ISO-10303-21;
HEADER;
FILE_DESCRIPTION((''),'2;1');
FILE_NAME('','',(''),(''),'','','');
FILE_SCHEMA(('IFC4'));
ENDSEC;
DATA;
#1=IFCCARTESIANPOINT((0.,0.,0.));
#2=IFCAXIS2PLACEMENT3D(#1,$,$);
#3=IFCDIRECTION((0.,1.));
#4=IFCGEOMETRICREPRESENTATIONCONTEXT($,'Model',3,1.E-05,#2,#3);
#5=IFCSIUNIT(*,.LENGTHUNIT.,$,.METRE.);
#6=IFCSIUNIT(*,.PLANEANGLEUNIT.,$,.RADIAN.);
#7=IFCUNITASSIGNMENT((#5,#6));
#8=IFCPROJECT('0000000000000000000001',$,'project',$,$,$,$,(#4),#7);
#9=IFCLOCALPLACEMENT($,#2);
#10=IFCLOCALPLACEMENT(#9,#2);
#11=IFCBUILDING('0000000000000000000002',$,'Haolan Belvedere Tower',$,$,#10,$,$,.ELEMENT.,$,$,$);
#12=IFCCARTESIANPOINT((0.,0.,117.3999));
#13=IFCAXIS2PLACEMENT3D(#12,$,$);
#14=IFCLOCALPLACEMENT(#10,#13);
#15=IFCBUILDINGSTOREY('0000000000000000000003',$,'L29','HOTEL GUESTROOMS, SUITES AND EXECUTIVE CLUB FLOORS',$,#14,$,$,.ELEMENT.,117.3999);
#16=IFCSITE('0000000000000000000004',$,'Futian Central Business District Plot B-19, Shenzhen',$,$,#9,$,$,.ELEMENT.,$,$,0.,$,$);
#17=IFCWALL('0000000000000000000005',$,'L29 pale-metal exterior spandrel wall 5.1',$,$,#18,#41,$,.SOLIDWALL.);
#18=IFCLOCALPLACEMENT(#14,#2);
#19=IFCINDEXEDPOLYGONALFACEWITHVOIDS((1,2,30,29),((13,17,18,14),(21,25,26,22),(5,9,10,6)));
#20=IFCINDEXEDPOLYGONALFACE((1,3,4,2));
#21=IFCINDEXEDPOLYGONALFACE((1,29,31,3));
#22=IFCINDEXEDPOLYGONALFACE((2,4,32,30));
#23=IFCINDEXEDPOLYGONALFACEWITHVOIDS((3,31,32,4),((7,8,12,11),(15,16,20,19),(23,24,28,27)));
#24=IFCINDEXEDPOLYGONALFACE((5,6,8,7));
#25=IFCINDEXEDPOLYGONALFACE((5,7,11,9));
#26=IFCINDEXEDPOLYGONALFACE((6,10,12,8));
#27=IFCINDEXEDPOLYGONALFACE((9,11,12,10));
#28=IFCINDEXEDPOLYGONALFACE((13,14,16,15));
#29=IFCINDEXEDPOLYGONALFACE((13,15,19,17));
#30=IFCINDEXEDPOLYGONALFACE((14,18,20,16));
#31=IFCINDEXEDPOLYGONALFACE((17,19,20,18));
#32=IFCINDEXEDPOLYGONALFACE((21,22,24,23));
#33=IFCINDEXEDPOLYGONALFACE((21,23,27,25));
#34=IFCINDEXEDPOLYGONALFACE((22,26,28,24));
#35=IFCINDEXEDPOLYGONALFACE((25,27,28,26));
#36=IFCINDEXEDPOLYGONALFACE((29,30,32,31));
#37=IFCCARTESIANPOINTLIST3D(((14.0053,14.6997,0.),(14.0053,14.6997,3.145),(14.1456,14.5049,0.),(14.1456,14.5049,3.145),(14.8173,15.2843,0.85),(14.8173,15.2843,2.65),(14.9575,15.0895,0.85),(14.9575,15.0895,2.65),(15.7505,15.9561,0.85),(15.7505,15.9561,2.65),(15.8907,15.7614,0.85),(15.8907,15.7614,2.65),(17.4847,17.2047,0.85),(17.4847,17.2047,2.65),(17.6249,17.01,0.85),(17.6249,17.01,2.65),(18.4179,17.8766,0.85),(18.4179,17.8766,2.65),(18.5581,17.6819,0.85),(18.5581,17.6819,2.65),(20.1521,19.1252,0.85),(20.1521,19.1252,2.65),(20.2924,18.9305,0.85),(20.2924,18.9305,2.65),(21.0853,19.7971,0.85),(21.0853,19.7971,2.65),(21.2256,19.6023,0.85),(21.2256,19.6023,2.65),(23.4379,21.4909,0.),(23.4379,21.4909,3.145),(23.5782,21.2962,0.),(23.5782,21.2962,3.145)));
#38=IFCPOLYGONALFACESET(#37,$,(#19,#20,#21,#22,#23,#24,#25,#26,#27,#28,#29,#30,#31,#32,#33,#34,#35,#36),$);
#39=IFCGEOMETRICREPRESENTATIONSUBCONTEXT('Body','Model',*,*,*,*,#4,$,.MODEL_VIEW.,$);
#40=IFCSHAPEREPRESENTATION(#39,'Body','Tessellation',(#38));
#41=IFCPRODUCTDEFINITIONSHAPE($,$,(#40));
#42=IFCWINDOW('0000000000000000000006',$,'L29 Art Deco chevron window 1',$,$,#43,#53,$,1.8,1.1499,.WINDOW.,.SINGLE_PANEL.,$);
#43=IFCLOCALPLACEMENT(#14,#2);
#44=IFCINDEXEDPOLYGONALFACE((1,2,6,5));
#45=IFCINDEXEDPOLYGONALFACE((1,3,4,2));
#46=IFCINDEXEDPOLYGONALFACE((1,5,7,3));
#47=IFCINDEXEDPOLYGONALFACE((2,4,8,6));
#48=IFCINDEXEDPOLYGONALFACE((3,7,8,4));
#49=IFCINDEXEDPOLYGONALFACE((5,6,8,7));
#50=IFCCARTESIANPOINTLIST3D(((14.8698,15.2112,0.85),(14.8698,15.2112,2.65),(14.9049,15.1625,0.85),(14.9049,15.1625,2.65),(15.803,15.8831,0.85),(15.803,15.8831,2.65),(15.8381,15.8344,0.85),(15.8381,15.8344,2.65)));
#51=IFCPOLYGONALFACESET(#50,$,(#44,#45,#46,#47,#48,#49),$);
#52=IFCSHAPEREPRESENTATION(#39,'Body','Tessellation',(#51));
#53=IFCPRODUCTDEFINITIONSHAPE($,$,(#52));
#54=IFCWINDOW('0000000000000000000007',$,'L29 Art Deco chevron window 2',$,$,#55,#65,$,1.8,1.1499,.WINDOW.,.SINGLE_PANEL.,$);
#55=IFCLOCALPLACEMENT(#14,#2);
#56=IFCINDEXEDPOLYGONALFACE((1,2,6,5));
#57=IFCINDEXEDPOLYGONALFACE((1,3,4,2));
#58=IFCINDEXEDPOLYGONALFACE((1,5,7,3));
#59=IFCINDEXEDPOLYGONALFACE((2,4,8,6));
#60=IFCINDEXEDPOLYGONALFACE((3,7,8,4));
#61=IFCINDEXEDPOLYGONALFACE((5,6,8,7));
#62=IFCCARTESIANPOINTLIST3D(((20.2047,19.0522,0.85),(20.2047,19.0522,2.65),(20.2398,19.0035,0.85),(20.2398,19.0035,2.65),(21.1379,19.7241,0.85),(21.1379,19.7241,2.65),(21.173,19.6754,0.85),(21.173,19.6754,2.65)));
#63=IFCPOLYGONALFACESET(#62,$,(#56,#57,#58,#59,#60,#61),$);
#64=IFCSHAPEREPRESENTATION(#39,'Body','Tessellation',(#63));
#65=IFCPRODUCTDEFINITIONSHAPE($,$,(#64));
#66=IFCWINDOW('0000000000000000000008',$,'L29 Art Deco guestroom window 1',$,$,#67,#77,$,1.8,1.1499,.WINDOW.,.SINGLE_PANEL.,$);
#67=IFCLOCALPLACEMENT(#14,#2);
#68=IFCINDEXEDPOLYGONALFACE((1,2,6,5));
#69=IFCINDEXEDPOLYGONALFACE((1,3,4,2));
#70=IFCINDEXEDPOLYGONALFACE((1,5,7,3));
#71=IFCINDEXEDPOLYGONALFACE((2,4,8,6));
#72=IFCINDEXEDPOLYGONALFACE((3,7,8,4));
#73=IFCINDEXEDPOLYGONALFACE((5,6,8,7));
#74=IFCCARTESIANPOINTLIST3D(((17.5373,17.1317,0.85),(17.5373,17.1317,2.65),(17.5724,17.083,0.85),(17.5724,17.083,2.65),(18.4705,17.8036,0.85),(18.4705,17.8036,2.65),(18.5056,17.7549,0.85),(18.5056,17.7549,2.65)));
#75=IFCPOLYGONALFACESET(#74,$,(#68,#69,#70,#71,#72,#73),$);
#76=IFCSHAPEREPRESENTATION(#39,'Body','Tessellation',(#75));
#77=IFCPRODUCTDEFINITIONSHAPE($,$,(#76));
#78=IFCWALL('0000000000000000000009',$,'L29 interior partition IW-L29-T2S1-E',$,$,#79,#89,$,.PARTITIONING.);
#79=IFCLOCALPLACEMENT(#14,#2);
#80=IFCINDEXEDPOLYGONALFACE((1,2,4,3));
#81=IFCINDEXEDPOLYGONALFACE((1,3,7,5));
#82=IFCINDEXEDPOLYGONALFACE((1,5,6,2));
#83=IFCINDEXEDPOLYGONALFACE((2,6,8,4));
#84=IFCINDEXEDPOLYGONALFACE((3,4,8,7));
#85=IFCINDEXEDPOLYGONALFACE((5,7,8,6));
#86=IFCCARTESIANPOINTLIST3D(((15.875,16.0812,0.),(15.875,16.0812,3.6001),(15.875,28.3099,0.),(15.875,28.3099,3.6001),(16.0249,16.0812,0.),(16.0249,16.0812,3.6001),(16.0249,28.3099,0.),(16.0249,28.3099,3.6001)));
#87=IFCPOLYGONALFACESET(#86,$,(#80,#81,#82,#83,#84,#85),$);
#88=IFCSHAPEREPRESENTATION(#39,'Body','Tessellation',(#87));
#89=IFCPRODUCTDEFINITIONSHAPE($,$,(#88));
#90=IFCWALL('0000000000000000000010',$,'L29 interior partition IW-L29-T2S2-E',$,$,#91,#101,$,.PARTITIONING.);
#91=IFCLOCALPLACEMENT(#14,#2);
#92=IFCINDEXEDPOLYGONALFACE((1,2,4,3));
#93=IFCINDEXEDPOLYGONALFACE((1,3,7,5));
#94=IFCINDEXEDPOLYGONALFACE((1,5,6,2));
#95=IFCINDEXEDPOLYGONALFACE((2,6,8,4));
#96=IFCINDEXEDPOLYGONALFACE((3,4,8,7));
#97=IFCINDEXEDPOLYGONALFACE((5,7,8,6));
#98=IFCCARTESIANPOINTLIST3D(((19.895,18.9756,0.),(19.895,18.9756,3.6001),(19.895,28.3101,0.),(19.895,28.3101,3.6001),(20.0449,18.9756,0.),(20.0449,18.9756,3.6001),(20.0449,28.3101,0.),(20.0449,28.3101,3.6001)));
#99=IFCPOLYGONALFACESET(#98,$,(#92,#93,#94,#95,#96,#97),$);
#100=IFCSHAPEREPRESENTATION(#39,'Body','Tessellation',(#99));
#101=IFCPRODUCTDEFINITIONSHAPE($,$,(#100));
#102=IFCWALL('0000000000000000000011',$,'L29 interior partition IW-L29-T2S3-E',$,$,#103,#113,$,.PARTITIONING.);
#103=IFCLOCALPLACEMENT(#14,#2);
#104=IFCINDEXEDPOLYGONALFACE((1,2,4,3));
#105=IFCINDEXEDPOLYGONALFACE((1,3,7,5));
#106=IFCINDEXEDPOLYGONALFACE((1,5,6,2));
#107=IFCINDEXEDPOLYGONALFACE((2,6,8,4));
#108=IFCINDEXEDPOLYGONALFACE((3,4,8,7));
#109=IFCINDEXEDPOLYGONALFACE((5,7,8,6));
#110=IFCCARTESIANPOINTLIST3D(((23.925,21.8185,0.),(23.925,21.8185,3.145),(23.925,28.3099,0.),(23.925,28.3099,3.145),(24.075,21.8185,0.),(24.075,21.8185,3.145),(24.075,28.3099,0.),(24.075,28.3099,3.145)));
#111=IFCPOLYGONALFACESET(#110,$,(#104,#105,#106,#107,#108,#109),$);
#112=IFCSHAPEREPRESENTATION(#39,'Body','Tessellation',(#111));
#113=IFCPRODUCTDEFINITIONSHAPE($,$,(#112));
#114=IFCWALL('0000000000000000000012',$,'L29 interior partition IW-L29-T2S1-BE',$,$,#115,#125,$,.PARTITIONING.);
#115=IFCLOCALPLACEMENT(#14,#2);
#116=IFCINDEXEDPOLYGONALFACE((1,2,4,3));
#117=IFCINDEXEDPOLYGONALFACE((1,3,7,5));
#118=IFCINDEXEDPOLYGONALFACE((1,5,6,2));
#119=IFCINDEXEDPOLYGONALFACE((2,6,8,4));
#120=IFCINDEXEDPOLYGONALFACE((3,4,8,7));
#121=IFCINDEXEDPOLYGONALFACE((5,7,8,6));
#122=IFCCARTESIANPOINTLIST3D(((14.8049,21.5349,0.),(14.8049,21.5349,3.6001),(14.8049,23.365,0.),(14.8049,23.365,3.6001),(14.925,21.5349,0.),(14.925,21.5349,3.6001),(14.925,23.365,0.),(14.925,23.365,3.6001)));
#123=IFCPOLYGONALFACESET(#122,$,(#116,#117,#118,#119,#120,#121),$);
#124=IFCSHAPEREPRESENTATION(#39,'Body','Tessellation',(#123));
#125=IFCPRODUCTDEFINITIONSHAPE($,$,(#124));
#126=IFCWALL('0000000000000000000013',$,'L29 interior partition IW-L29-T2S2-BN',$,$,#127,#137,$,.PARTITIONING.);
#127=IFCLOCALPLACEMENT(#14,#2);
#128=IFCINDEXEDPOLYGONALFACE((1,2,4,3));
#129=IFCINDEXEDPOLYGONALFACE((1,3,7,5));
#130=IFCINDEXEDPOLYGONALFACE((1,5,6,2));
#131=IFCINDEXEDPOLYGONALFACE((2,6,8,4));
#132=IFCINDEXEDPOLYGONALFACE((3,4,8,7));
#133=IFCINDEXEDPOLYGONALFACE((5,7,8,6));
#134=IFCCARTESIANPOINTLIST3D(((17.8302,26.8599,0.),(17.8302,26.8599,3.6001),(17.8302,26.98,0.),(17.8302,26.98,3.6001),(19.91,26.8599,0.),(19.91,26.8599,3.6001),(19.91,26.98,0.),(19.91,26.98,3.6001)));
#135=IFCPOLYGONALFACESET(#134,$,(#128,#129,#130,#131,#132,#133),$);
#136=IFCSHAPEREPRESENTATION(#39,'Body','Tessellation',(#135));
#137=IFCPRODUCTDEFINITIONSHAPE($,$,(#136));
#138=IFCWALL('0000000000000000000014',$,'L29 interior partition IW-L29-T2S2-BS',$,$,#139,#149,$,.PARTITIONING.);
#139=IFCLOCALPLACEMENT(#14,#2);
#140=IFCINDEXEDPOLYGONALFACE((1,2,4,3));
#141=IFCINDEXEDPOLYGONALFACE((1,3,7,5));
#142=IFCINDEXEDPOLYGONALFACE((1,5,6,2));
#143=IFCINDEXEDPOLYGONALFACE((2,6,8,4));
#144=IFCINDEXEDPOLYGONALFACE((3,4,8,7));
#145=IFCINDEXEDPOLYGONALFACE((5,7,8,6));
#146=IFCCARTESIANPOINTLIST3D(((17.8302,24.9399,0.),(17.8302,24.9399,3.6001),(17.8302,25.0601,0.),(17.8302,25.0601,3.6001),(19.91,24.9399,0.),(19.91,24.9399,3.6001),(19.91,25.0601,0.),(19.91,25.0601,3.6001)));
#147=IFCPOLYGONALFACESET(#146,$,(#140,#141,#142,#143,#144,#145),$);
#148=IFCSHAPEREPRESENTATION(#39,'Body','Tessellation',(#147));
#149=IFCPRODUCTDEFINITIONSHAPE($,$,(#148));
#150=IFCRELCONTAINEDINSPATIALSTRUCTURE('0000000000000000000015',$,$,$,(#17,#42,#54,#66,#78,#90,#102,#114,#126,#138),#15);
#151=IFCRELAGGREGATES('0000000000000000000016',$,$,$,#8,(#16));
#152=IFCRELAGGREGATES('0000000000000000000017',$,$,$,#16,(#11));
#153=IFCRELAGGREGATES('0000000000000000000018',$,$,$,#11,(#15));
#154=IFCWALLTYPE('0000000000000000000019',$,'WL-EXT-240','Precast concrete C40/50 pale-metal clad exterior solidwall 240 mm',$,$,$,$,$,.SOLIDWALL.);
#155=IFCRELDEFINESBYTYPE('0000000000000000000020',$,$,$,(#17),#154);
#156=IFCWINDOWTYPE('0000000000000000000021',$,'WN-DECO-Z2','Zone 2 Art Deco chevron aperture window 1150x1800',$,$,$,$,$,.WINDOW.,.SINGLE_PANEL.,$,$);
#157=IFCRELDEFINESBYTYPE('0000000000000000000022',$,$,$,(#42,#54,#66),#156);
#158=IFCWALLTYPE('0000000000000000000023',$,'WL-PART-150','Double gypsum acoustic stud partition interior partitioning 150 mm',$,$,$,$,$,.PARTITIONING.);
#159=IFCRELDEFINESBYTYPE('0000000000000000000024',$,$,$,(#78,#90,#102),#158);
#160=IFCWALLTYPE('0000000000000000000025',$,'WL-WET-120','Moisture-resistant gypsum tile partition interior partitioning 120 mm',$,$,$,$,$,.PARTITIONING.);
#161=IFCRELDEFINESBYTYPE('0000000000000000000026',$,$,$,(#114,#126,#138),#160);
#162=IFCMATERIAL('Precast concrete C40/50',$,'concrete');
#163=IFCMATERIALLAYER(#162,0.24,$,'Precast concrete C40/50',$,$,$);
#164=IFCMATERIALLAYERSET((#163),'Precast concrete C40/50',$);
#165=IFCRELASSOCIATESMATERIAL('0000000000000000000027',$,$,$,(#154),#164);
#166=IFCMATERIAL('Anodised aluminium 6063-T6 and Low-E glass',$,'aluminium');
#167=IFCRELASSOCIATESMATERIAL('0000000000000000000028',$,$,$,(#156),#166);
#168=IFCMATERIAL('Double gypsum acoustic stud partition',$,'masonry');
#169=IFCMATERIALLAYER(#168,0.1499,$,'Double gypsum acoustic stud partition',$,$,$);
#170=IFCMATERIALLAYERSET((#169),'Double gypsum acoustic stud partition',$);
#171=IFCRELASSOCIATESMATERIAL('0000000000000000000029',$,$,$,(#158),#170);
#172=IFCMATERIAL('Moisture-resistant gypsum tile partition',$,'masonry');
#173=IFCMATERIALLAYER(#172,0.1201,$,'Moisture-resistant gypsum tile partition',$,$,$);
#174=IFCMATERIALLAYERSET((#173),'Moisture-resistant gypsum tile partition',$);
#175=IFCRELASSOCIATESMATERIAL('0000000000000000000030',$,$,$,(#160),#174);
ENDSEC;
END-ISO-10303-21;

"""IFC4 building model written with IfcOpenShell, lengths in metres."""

from ifc_helpers import new_model, si_unit, direction, frame, frame_2d, origin, place, context, subcontext, project, spatial, rectangle, extrude, material, layer, layer_set, type_object, element, fill, save


model = new_model("IFC4")

# Units and contexts
model_context = context("Model", 3, precision=1e-05, world=origin(), true_north=direction((0.0, 1.0)))
body_context = subcontext(model_context, "Body", "Model", "MODEL_VIEW")
ifc_project = project(units=[si_unit("LENGTHUNIT", "METRE"), si_unit("PLANEANGLEUNIT", "RADIAN")], contexts=[model_context])

# Site, building, storey
site_placement = place(None, origin())
site = spatial("IfcSite", under=ifc_project, at=site_placement, Name="Futian Central Business District Plot B-19, Shenzhen", CompositionType="ELEMENT", RefElevation=0.0)
building_placement = place(site_placement, origin())
building = spatial("IfcBuilding", under=site, at=building_placement, Name="Haolan Belvedere Tower", CompositionType="ELEMENT")
storey_placement = place(building_placement, frame((0.0, 0.0, 117.3999)))
storey = spatial("IfcBuildingStorey", under=building, at=storey_placement, Name="L29", Description="HOTEL GUESTROOMS, SUITES AND EXECUTIVE CLUB FLOORS", CompositionType="ELEMENT", Elevation=117.3999)

# Shared definitions
ifc_material_1 = material(Name="Precast concrete C40/50", Category="concrete")
ifc_layer_1 = layer(ifc_material_1, 0.24, Name="Precast concrete C40/50")
ifc_layer_set_1 = layer_set([ifc_layer_1], Name="Precast concrete C40/50")
wall_type_1 = type_object("IfcWallType", Name="WL-EXT-240", Description="Precast concrete C40/50 pale-metal clad exterior solidwall 240 mm", PredefinedType="SOLIDWALL", material=ifc_layer_set_1)

# Wall, openings, windows
wall_1_placement = place(storey_placement, frame((14.0754, 14.6023, 0.0), z_axis=(0.0, 0.0, 1.0), x_axis=(0.811544, 0.584292, 0.0)))
wall_1 = element("IfcWall", 1, at=wall_1_placement, inside=storey, type_object=wall_type_1, Name="L29 pale-metal exterior spandrel wall 5.1", PredefinedType="SOLIDWALL", context=body_context, shape_type="SweptSolid", body=[
    extrude(rectangle(XDim=11.623, YDim=0.24, at=frame_2d((5.8115, 0.0))), origin(), (0.0, 0.0, 1.0), 3.145),
])
opening_1_placement = place(wall_1_placement, frame((1.0005, 0.0, 0.8501)))
opening_1 = element("IfcOpeningElement", 2, at=opening_1_placement, cuts=wall_1, PredefinedType="OPENING", context=body_context, shape_type="SweptSolid", body=[
    extrude(rectangle(XDim=1.1499, YDim=1.8, at=frame_2d((0.575, 0.8999))), frame((0.0, 0.1299, 0.0), z_axis=(0.0, -1.0, 0.0), x_axis=(1.0, 0.0, 0.0)), (0.0, 0.0, 1.0), 0.26),
])
opening_2_placement = place(wall_1_placement, frame((7.5742, 0.0, 0.8501)))
opening_2 = element("IfcOpeningElement", 3, at=opening_2_placement, cuts=wall_1, PredefinedType="OPENING", context=body_context, shape_type="SweptSolid", body=[
    extrude(rectangle(XDim=1.1499, YDim=1.8, at=frame_2d((0.575, 0.8999))), frame((0.0, 0.1299, 0.0), z_axis=(0.0, -1.0, 0.0), x_axis=(1.0, 0.0, 0.0)), (0.0, 0.0, 1.0), 0.26),
])
opening_3_placement = place(wall_1_placement, frame((4.2874, 0.0, 0.8501)))
opening_3 = element("IfcOpeningElement", 4, at=opening_3_placement, cuts=wall_1, PredefinedType="OPENING", context=body_context, shape_type="SweptSolid", body=[
    extrude(rectangle(XDim=1.1499, YDim=1.8, at=frame_2d((0.575, 0.8999))), frame((0.0, 0.1299, 0.0), z_axis=(0.0, -1.0, 0.0), x_axis=(1.0, 0.0, 0.0)), (0.0, 0.0, 1.0), 0.26),
])
ifc_material_2 = material(Name="Anodised aluminium 6063-T6 and Low-E glass", Category="aluminium")
window_type = type_object("IfcWindowType", Name="WN-DECO-Z2", Description="Zone 2 Art Deco chevron aperture window 1150x1800", PartitioningType="SINGLE_PANEL", PredefinedType="WINDOW", material=ifc_material_2)
window_1_placement = place(opening_1_placement, origin())
window_1 = element("IfcWindow", 5, at=window_1_placement, inside=storey, type_object=window_type, Name="L29 Art Deco chevron window 1", OverallHeight=1.8, OverallWidth=1.1499, PartitioningType="SINGLE_PANEL", PredefinedType="WINDOW", context=body_context, shape_type="SweptSolid", body=[
    extrude(rectangle(XDim=1.1499, YDim=1.8, at=frame_2d((0.575, 0.8999))), frame((0.0, 0.03, 0.0), z_axis=(0.0, -1.0, 0.0), x_axis=(1.0, 0.0, 0.0)), (0.0, 0.0, 1.0), 0.0601),
])
fill(opening_1, window_1)
window_2_placement = place(opening_2_placement, origin())
window_2 = element("IfcWindow", 6, at=window_2_placement, inside=storey, type_object=window_type, Name="L29 Art Deco chevron window 2", OverallHeight=1.8, OverallWidth=1.1499, PartitioningType="SINGLE_PANEL", PredefinedType="WINDOW", context=body_context, shape_type="SweptSolid", body=[
    extrude(rectangle(XDim=1.1499, YDim=1.8, at=frame_2d((0.575, 0.8999))), frame((0.0, 0.03, 0.0), z_axis=(0.0, -1.0, 0.0), x_axis=(1.0, 0.0, 0.0)), (0.0, 0.0, 1.0), 0.0601),
])
fill(opening_2, window_2)
window_3_placement = place(opening_3_placement, origin())
window_3 = element("IfcWindow", 7, at=window_3_placement, inside=storey, type_object=window_type, Name="L29 Art Deco guestroom window 1", OverallHeight=1.8, OverallWidth=1.1499, PartitioningType="SINGLE_PANEL", PredefinedType="WINDOW", context=body_context, shape_type="SweptSolid", body=[
    extrude(rectangle(XDim=1.1499, YDim=1.8, at=frame_2d((0.575, 0.8999))), frame((0.0, 0.03, 0.0), z_axis=(0.0, -1.0, 0.0), x_axis=(1.0, 0.0, 0.0)), (0.0, 0.0, 1.0), 0.0601),
])
fill(opening_3, window_3)

# Wall
ifc_material_3 = material(Name="Double gypsum acoustic stud partition", Category="masonry")
ifc_layer_2 = layer(ifc_material_3, 0.1499, Name="Double gypsum acoustic stud partition")
ifc_layer_set_2 = layer_set([ifc_layer_2], Name="Double gypsum acoustic stud partition")
wall_type_2 = type_object("IfcWallType", Name="WL-PART-150", Description="Double gypsum acoustic stud partition interior partitioning 150 mm", PredefinedType="PARTITIONING", material=ifc_layer_set_2)
wall_2_placement = place(storey_placement, frame((15.95, 16.0813, 0.0), z_axis=(0.0, 0.0, 1.0), x_axis=(0.0, 1.0, 0.0)))
element("IfcWall", 8, at=wall_2_placement, inside=storey, type_object=wall_type_2, Name="L29 interior partition IW-L29-T2S1-E", PredefinedType="PARTITIONING", context=body_context, shape_type="SweptSolid", body=[
    extrude(rectangle(XDim=12.2288, YDim=0.1499, at=frame_2d((6.1143, 0.0))), origin(), (0.0, 0.0, 1.0), 3.6001),
])

# Wall
wall_3_placement = place(storey_placement, frame((19.97, 18.9756, 0.0), z_axis=(0.0, 0.0, 1.0), x_axis=(0.0, 1.0, 0.0)))
element("IfcWall", 9, at=wall_3_placement, inside=storey, type_object=wall_type_2, Name="L29 interior partition IW-L29-T2S2-E", PredefinedType="PARTITIONING", context=body_context, shape_type="SweptSolid", body=[
    extrude(rectangle(XDim=9.3345, YDim=0.1499, at=frame_2d((4.6672, 0.0))), origin(), (0.0, 0.0, 1.0), 3.6001),
])

# Walls
wall_4_placement = place(storey_placement, frame((24.0, 21.8186, 0.0), z_axis=(0.0, 0.0, 1.0), x_axis=(0.0, 1.0, 0.0)))
element("IfcWall", 10, at=wall_4_placement, inside=storey, type_object=wall_type_2, Name="L29 interior partition IW-L29-T2S3-E", PredefinedType="PARTITIONING", context=body_context, shape_type="SweptSolid", body=[
    extrude(rectangle(XDim=6.4915, YDim=0.1499, at=frame_2d((3.2456, 0.0))), origin(), (0.0, 0.0, 1.0), 3.145),
])
ifc_material_4 = material(Name="Moisture-resistant gypsum tile partition", Category="masonry")
ifc_layer_3 = layer(ifc_material_4, 0.1201, Name="Moisture-resistant gypsum tile partition")
ifc_layer_set_3 = layer_set([ifc_layer_3], Name="Moisture-resistant gypsum tile partition")
wall_type_3 = type_object("IfcWallType", Name="WL-WET-120", Description="Moisture-resistant gypsum tile partition interior partitioning 120 mm", PredefinedType="PARTITIONING", material=ifc_layer_set_3)
wall_5_placement = place(storey_placement, frame((14.865, 21.5349, 0.0), z_axis=(0.0, 0.0, 1.0), x_axis=(0.0, 1.0, 0.0)))
element("IfcWall", 11, at=wall_5_placement, inside=storey, type_object=wall_type_3, Name="L29 interior partition IW-L29-T2S1-BE", PredefinedType="PARTITIONING", context=body_context, shape_type="SweptSolid", body=[
    extrude(rectangle(XDim=1.8301, YDim=0.1201, at=frame_2d((0.915, 0.0))), origin(), (0.0, 0.0, 1.0), 3.6001),
])
for number, where, z_axis, x_axis, name in (
    (12, (17.8301, 26.9199, 0.0), (0.0, 0.0, 1.0), (1.0, 0.0, 0.0), "L29 interior partition IW-L29-T2S2-BN"),
    (13, (17.8301, 25.0, 0.0), (0.0, 0.0, 1.0), (1.0, 0.0, 0.0), "L29 interior partition IW-L29-T2S2-BS"),
):
    element("IfcWall", number, at=place(storey_placement, frame(where, z_axis=z_axis, x_axis=x_axis)), inside=storey, type_object=wall_type_3, Name=name, PredefinedType="PARTITIONING", context=body_context, shape_type="SweptSolid", body=[
        extrude(rectangle(XDim=2.0798, YDim=0.1201, at=frame_2d((1.04, 0.0))), origin(), (0.0, 0.0, 1.0), 3.6001),
    ])

save(model, "model.ifc")
